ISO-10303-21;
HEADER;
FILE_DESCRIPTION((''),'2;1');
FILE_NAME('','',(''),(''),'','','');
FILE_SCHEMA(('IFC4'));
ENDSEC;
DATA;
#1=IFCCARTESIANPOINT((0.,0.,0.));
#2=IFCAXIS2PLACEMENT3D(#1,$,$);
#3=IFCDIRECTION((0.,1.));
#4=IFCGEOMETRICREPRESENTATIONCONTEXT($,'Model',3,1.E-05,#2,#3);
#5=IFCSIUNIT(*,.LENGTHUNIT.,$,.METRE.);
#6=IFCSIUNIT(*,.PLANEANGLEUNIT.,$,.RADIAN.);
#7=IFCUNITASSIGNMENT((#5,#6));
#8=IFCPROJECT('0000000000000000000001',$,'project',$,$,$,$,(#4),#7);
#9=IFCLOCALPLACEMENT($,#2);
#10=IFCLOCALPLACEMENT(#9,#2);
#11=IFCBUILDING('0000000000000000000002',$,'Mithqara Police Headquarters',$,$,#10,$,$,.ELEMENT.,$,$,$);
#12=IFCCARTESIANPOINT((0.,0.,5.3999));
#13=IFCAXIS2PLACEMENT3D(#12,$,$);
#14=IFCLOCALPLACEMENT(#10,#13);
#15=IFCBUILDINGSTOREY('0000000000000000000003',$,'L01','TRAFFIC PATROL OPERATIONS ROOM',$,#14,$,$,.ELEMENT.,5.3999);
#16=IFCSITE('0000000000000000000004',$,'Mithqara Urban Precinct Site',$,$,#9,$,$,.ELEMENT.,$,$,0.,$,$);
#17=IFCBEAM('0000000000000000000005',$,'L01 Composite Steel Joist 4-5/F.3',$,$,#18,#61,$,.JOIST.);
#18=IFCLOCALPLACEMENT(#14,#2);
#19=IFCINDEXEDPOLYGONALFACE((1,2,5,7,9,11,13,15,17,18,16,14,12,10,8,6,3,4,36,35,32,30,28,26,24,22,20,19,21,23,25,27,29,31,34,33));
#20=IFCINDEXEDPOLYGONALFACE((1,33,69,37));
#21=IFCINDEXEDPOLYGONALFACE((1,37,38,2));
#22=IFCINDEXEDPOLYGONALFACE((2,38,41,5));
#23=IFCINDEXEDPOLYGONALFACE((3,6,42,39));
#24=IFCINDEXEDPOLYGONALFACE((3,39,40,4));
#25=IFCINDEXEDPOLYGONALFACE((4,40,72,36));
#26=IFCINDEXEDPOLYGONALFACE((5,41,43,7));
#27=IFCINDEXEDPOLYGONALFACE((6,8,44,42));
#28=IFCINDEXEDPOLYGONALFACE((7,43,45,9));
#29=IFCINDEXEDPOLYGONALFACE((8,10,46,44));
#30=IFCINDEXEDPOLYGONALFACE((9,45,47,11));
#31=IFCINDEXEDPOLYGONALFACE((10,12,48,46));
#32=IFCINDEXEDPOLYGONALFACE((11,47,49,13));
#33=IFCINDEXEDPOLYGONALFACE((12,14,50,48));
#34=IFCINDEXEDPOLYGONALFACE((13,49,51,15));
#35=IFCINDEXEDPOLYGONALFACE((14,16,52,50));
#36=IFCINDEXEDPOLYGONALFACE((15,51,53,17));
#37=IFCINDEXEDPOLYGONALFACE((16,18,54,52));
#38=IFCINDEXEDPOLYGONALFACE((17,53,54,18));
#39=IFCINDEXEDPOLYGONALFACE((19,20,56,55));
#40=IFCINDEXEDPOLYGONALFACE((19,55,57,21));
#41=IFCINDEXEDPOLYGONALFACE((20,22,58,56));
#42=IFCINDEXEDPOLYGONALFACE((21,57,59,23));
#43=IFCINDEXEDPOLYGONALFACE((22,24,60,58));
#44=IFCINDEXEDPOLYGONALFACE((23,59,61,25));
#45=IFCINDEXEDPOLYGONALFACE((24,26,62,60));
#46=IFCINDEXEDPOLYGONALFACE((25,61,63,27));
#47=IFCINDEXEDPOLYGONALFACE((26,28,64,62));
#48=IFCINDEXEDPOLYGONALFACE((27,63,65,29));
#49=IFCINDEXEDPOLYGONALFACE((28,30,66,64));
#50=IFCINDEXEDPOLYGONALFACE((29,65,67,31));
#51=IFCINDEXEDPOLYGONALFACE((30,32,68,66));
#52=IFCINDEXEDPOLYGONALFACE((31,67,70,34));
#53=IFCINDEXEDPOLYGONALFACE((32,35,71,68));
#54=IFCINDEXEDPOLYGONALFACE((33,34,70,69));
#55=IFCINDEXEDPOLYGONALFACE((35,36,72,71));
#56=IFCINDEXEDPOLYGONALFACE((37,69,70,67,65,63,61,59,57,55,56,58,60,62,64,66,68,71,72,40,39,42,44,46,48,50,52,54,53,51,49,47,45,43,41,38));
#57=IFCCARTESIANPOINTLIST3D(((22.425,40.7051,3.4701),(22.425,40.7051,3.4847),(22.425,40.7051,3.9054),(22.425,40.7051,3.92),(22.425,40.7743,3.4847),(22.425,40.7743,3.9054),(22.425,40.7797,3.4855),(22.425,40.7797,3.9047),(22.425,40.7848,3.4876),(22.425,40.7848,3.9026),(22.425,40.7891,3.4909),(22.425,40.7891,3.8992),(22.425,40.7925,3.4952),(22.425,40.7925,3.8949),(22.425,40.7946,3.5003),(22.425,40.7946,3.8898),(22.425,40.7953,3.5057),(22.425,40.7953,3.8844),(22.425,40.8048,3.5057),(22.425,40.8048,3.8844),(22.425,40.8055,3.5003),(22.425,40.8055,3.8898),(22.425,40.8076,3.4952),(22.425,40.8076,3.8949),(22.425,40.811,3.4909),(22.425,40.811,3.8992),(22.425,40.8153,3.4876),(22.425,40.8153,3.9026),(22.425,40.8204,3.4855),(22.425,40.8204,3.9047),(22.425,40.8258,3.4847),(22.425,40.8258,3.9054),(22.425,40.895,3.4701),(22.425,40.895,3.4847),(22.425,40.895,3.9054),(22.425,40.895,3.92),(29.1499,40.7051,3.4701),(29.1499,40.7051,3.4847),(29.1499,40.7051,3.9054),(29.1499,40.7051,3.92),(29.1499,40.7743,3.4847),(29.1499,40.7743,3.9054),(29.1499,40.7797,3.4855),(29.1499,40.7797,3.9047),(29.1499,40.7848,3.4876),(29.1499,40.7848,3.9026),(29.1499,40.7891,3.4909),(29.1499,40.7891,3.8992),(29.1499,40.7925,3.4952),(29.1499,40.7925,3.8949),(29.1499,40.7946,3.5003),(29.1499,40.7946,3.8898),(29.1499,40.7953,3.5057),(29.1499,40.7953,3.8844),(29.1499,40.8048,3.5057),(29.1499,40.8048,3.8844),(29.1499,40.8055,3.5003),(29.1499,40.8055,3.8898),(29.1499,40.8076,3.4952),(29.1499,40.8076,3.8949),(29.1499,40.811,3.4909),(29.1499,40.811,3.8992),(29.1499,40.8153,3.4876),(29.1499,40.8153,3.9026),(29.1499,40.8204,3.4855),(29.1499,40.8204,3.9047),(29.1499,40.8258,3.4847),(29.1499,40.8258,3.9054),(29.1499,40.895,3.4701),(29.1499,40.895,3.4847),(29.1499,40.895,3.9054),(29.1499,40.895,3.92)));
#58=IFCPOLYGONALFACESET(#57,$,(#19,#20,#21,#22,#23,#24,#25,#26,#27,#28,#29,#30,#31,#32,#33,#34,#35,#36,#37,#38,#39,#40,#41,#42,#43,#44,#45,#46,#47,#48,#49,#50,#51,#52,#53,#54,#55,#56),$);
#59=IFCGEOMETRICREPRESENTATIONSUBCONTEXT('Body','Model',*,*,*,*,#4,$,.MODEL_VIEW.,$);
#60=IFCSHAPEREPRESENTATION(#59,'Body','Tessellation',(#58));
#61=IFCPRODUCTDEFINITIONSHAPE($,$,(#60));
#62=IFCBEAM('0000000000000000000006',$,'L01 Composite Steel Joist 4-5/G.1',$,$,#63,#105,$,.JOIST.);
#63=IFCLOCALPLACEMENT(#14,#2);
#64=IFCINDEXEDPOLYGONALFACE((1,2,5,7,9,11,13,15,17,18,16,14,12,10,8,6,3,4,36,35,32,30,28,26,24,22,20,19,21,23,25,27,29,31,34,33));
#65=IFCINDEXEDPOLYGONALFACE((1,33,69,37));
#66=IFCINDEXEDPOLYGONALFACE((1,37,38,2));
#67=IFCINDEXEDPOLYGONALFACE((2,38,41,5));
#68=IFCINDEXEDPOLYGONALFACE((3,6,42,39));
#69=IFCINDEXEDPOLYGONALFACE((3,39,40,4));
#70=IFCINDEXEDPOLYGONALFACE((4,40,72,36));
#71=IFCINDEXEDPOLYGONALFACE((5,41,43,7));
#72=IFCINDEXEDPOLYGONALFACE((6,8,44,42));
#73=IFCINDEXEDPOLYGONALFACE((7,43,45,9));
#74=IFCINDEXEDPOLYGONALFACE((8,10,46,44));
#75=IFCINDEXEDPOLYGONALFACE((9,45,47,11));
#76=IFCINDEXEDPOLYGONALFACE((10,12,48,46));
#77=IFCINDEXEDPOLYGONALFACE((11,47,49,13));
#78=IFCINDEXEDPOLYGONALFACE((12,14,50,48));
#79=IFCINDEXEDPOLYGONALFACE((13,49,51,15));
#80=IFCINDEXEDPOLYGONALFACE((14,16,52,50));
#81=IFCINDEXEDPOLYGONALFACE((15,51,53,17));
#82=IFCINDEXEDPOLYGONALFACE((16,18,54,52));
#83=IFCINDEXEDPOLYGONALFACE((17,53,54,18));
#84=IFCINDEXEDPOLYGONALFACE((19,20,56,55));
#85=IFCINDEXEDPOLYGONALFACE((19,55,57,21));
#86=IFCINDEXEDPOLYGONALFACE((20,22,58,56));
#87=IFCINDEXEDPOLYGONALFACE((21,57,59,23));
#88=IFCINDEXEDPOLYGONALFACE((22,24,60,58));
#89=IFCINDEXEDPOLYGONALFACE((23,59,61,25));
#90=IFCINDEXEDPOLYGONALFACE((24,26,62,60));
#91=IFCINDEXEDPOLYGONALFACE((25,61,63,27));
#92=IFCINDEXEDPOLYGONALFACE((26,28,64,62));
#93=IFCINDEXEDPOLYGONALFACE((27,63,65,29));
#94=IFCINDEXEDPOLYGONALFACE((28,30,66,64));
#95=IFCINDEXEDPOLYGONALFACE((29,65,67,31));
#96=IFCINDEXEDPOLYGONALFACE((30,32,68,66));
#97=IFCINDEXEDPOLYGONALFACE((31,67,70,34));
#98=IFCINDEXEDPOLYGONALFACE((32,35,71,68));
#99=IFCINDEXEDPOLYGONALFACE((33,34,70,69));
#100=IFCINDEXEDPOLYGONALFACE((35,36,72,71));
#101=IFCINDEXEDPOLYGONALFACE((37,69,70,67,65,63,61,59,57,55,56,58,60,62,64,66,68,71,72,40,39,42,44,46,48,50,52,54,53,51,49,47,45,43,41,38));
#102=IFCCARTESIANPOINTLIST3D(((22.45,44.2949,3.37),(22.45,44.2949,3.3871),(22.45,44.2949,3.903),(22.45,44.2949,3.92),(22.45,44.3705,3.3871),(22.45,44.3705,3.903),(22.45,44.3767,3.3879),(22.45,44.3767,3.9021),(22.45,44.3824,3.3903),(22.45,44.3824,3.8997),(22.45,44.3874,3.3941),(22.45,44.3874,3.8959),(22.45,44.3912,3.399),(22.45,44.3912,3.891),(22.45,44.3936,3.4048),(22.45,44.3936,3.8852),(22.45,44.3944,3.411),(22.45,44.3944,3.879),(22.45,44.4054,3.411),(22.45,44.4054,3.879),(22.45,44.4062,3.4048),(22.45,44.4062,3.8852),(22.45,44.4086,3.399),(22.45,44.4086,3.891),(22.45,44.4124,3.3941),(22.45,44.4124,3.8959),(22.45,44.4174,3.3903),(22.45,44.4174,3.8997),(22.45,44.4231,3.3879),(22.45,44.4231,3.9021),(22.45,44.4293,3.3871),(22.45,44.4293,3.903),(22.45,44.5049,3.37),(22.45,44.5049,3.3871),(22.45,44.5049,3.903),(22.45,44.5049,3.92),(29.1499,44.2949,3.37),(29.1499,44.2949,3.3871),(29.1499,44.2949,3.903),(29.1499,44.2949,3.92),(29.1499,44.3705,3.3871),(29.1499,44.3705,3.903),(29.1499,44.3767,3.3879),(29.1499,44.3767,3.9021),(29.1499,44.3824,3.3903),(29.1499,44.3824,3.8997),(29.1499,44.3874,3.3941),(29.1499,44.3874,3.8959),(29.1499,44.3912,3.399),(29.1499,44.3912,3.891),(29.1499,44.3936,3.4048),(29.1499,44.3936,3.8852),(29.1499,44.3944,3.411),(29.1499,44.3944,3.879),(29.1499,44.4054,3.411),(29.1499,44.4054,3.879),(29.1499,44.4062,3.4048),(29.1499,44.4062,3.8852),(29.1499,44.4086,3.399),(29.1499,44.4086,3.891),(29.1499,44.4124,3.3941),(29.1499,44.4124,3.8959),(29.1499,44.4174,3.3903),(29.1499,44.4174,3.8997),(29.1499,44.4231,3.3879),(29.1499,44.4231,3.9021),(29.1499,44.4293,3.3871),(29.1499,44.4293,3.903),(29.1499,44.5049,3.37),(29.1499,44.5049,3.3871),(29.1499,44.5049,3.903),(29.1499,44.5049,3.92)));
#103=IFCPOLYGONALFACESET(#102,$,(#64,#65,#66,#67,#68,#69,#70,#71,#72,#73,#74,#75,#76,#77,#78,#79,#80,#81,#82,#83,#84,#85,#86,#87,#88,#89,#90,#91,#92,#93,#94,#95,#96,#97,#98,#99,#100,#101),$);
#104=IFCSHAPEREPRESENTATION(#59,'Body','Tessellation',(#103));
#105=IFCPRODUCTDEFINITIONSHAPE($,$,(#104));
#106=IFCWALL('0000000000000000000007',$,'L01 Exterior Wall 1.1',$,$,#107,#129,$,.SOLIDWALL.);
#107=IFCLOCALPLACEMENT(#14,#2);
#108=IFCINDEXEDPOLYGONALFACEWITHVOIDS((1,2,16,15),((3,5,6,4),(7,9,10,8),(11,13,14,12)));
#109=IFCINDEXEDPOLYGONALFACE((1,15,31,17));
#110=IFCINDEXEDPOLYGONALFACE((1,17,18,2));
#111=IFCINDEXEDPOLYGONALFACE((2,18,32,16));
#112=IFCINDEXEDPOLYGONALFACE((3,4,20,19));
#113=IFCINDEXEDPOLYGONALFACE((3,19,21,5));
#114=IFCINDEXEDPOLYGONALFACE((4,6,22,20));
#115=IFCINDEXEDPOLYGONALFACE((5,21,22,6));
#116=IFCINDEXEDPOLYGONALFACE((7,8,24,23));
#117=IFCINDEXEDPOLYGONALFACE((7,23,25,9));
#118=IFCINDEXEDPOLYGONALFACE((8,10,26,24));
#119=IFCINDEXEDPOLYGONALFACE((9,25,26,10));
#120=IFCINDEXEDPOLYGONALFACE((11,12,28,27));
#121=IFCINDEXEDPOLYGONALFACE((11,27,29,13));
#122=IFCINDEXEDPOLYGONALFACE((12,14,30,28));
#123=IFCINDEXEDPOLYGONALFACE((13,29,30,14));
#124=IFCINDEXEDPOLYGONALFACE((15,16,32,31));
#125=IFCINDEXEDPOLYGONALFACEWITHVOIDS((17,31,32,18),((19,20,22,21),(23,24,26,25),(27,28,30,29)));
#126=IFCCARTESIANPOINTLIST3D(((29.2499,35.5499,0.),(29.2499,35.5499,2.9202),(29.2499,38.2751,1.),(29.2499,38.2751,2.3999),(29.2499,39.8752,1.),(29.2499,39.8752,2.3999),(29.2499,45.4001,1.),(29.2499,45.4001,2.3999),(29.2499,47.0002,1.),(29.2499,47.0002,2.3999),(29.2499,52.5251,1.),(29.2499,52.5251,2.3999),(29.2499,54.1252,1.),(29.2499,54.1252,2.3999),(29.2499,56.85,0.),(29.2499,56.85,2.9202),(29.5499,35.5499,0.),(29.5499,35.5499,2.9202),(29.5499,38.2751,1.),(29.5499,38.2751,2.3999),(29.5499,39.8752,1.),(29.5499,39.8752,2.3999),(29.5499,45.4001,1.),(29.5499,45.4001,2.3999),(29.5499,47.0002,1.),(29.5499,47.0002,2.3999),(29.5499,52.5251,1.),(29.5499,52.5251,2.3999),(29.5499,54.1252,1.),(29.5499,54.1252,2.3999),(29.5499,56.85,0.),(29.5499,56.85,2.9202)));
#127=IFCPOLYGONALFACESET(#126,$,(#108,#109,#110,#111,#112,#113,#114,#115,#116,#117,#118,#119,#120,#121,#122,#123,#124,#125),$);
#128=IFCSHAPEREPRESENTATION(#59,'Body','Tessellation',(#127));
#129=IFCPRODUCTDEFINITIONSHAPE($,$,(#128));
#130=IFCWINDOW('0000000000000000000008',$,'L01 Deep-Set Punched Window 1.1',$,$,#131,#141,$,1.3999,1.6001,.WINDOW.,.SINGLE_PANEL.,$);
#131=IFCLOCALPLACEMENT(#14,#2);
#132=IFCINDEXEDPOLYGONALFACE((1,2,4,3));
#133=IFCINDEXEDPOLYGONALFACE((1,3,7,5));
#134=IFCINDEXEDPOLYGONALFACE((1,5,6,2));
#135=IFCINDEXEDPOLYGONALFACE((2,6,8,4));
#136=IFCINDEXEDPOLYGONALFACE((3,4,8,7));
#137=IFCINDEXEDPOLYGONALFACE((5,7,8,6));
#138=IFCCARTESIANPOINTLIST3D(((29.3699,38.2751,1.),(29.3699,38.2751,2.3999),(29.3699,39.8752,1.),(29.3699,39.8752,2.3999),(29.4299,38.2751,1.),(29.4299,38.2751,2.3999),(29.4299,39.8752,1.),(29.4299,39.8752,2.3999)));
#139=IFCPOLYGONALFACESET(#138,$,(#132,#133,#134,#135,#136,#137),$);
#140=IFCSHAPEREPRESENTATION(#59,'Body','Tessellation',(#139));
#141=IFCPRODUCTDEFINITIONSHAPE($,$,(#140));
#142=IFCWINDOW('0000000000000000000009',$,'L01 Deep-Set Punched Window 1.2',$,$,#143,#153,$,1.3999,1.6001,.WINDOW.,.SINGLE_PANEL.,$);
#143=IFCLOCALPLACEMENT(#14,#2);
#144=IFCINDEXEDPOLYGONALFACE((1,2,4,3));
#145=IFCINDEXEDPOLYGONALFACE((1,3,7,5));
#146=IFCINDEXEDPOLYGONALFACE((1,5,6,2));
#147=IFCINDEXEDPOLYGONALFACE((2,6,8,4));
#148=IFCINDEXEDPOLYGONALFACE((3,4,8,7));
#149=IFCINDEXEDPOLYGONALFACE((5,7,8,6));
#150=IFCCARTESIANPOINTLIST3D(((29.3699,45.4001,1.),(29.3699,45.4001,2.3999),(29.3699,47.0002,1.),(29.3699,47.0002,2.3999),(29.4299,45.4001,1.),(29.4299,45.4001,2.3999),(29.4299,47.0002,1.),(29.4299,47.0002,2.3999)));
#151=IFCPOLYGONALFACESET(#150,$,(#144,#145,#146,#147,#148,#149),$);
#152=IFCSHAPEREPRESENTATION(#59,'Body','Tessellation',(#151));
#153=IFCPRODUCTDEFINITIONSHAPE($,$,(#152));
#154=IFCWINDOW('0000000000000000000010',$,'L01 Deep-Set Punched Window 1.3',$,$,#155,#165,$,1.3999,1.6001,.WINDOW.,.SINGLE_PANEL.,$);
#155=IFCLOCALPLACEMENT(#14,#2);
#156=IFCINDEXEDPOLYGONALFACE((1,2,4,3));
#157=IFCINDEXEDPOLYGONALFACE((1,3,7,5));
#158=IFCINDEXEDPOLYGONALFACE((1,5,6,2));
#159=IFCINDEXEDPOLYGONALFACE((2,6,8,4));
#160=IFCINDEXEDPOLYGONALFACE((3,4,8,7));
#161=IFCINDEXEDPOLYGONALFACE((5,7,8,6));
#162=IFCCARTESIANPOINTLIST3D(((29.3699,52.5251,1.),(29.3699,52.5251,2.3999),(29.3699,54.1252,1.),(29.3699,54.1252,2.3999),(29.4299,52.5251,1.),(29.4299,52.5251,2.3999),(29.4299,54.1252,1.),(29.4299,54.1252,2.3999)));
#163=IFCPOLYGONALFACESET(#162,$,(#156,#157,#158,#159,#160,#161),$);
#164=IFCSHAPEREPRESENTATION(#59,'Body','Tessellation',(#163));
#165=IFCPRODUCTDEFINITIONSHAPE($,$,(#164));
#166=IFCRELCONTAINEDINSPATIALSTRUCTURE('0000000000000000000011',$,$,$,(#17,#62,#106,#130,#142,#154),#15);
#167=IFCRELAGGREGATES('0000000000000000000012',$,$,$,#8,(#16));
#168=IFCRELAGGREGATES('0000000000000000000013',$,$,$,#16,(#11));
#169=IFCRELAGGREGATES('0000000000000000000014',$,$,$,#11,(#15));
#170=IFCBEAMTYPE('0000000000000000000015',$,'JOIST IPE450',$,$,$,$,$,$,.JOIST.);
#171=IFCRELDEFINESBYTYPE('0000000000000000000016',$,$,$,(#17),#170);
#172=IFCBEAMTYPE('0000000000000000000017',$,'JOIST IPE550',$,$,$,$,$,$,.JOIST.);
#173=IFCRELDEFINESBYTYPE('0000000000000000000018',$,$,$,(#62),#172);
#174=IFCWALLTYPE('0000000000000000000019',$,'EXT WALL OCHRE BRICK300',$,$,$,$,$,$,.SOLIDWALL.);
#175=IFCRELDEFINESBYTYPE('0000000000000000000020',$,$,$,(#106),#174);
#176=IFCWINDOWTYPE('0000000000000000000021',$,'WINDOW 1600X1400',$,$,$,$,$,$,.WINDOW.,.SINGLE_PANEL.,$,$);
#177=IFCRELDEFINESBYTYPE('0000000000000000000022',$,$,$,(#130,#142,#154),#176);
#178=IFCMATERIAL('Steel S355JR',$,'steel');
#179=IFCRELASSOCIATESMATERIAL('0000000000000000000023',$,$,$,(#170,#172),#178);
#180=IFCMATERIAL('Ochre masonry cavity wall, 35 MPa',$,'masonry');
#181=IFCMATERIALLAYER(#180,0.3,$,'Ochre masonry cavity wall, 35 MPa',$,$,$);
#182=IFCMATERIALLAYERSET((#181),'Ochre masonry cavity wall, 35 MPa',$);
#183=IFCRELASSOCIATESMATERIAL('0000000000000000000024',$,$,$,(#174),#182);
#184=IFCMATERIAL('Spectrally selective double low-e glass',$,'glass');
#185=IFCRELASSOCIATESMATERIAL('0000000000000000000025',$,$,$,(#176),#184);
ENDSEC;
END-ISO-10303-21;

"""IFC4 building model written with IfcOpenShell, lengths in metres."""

from ifc_helpers import new_model, si_unit, direction, frame, frame_2d, origin, origin_2d, place, context, subcontext, project, spatial, rectangle, i_section, extrude, material, layer, layer_set, material_profile, profile_set, type_object, element, fill, save


model = new_model("IFC4")

# Units and contexts
model_context = context("Model", 3, precision=1e-05, world=origin(), true_north=direction((0.0, 1.0)))
body_context = subcontext(model_context, "Body", "Model", "MODEL_VIEW")
ifc_project = project(units=[si_unit("LENGTHUNIT", "METRE"), si_unit("PLANEANGLEUNIT", "RADIAN")], contexts=[model_context])

# Site, building, storey
site_placement = place(None, origin())
site = spatial("IfcSite", under=ifc_project, at=site_placement, Name="Mithqara Urban Precinct Site", CompositionType="ELEMENT", RefElevation=0.0)
building_placement = place(site_placement, origin())
building = spatial("IfcBuilding", under=site, at=building_placement, Name="Mithqara Police Headquarters", CompositionType="ELEMENT")
storey_placement = place(building_placement, frame((0.0, 0.0, 5.3999)))
storey = spatial("IfcBuildingStorey", under=building, at=storey_placement, Name="L01", Description="TRAFFIC PATROL OPERATIONS ROOM", CompositionType="ELEMENT", Elevation=5.3999)

# Beams
ifc_material_1 = material(Name="Steel S355JR", Category="steel")
ifc_material_profile_1 = material_profile(ifc_material_1, i_section(OverallWidth=0.1899, OverallDepth=0.45, WebThickness=0.0095, FlangeThickness=0.0146, FilletRadius=0.021, at=origin_2d()), Name="IPE 450")
ifc_profile_set_1 = profile_set([ifc_material_profile_1], Name="Steel S355JR")
beam_type_1 = type_object("IfcBeamType", Name="JOIST IPE450", PredefinedType="JOIST", material=ifc_profile_set_1)
beam_1_placement = place(storey_placement, frame((22.425, 40.8, 3.6951), z_axis=(1.0, 0.0, 0.0), x_axis=(0.0, 1.0, 0.0)))
element("IfcBeam", 1, at=beam_1_placement, inside=storey, type_object=beam_type_1, Name="L01 Composite Steel Joist 4-5/F.3", PredefinedType="JOIST", context=body_context, shape_type="SweptSolid", body=[
    extrude(i_section(OverallWidth=0.1899, OverallDepth=0.45, WebThickness=0.0095, FlangeThickness=0.0146, FilletRadius=0.021, at=origin_2d()), origin(), (0.0, 0.0, 1.0), 6.7249),
])
ifc_material_profile_2 = material_profile(ifc_material_1, i_section(OverallWidth=0.21, OverallDepth=0.55, WebThickness=0.011, FlangeThickness=0.0171, FilletRadius=0.0239, at=origin_2d()), Name="IPE 550")
ifc_profile_set_2 = profile_set([ifc_material_profile_2], Name="Steel S355JR")
beam_type_2 = type_object("IfcBeamType", Name="JOIST IPE550", PredefinedType="JOIST", material=ifc_profile_set_2)
beam_2_placement = place(storey_placement, frame((22.45, 44.3999, 3.645), z_axis=(1.0, 0.0, 0.0), x_axis=(0.0, 1.0, 0.0)))
element("IfcBeam", 2, at=beam_2_placement, inside=storey, type_object=beam_type_2, Name="L01 Composite Steel Joist 4-5/G.1", PredefinedType="JOIST", context=body_context, shape_type="SweptSolid", body=[
    extrude(i_section(OverallWidth=0.21, OverallDepth=0.55, WebThickness=0.011, FlangeThickness=0.0171, FilletRadius=0.0239, at=origin_2d()), origin(), (0.0, 0.0, 1.0), 6.7),
])

# Wall, openings, windows
ifc_material_2 = material(Name="Ochre masonry cavity wall, 35 MPa", Category="masonry")
ifc_layer_1 = layer(ifc_material_2, 0.3, Name="Ochre masonry cavity wall, 35 MPa")
ifc_layer_set_1 = layer_set([ifc_layer_1], Name="Ochre masonry cavity wall, 35 MPa")
wall_type_1 = type_object("IfcWallType", Name="EXT WALL OCHRE BRICK300", PredefinedType="SOLIDWALL", material=ifc_layer_set_1)
wall_1_placement = place(storey_placement, frame((29.3999, 35.55, 0.0), z_axis=(0.0, 0.0, 1.0), x_axis=(0.0, 1.0, 0.0)))
wall_1 = element("IfcWall", 3, at=wall_1_placement, inside=storey, type_object=wall_type_1, Name="L01 Exterior Wall 1.1", PredefinedType="SOLIDWALL", context=body_context, shape_type="SweptSolid", body=[
    extrude(rectangle(XDim=21.3, YDim=0.3, at=frame_2d((10.6499, 0.0))), origin(), (0.0, 0.0, 1.0), 2.9202),
])
opening_1_placement = place(wall_1_placement, frame((2.7251, 0.0, 1.0)))
opening_1 = element("IfcOpeningElement", 4, at=opening_1_placement, cuts=wall_1, PredefinedType="OPENING", context=body_context, shape_type="SweptSolid", body=[
    extrude(rectangle(XDim=1.6001, YDim=1.3999, at=frame_2d((0.8, 0.7))), frame((0.0, 0.1602, 0.0), z_axis=(0.0, -1.0, 0.0), x_axis=(1.0, 0.0, 0.0)), (0.0, 0.0, 1.0), 0.3201),
])
opening_2_placement = place(wall_1_placement, frame((9.8501, 0.0, 1.0)))
opening_2 = element("IfcOpeningElement", 5, at=opening_2_placement, cuts=wall_1, PredefinedType="OPENING", context=body_context, shape_type="SweptSolid", body=[
    extrude(rectangle(XDim=1.6001, YDim=1.3999, at=frame_2d((0.8, 0.7))), frame((0.0, 0.1602, 0.0), z_axis=(0.0, -1.0, 0.0), x_axis=(1.0, 0.0, 0.0)), (0.0, 0.0, 1.0), 0.3201),
])
opening_3_placement = place(wall_1_placement, frame((16.9751, 0.0, 1.0)))
opening_3 = element("IfcOpeningElement", 6, at=opening_3_placement, cuts=wall_1, PredefinedType="OPENING", context=body_context, shape_type="SweptSolid", body=[
    extrude(rectangle(XDim=1.6001, YDim=1.3999, at=frame_2d((0.8, 0.7))), frame((0.0, 0.1602, 0.0), z_axis=(0.0, -1.0, 0.0), x_axis=(1.0, 0.0, 0.0)), (0.0, 0.0, 1.0), 0.3201),
])
ifc_material_3 = material(Name="Spectrally selective double low-e glass", Category="glass")
window_type = type_object("IfcWindowType", Name="WINDOW 1600X1400", PartitioningType="SINGLE_PANEL", PredefinedType="WINDOW", material=ifc_material_3)
window_1_placement = place(opening_1_placement, origin())
window_1 = element("IfcWindow", 7, at=window_1_placement, inside=storey, type_object=window_type, Name="L01 Deep-Set Punched Window 1.1", OverallHeight=1.3999, OverallWidth=1.6001, PartitioningType="SINGLE_PANEL", PredefinedType="WINDOW", context=body_context, shape_type="SweptSolid", body=[
    extrude(rectangle(XDim=1.6001, YDim=1.3999, at=frame_2d((0.8, 0.7))), frame((0.0, 0.03, 0.0), z_axis=(0.0, -1.0, 0.0), x_axis=(1.0, 0.0, 0.0)), (0.0, 0.0, 1.0), 0.0601),
])
fill(opening_1, window_1)
window_2_placement = place(opening_2_placement, origin())
window_2 = element("IfcWindow", 8, at=window_2_placement, inside=storey, type_object=window_type, Name="L01 Deep-Set Punched Window 1.2", OverallHeight=1.3999, OverallWidth=1.6001, PartitioningType="SINGLE_PANEL", PredefinedType="WINDOW", context=body_context, shape_type="SweptSolid", body=[
    extrude(rectangle(XDim=1.6001, YDim=1.3999, at=frame_2d((0.8, 0.7))), frame((0.0, 0.03, 0.0), z_axis=(0.0, -1.0, 0.0), x_axis=(1.0, 0.0, 0.0)), (0.0, 0.0, 1.0), 0.0601),
])
fill(opening_2, window_2)
window_3_placement = place(opening_3_placement, origin())
window_3 = element("IfcWindow", 9, at=window_3_placement, inside=storey, type_object=window_type, Name="L01 Deep-Set Punched Window 1.3", OverallHeight=1.3999, OverallWidth=1.6001, PartitioningType="SINGLE_PANEL", PredefinedType="WINDOW", context=body_context, shape_type="SweptSolid", body=[
    extrude(rectangle(XDim=1.6001, YDim=1.3999, at=frame_2d((0.8, 0.7))), frame((0.0, 0.03, 0.0), z_axis=(0.0, -1.0, 0.0), x_axis=(1.0, 0.0, 0.0)), (0.0, 0.0, 1.0), 0.0601),
])
fill(opening_3, window_3)

save(model, "model.ifc")
